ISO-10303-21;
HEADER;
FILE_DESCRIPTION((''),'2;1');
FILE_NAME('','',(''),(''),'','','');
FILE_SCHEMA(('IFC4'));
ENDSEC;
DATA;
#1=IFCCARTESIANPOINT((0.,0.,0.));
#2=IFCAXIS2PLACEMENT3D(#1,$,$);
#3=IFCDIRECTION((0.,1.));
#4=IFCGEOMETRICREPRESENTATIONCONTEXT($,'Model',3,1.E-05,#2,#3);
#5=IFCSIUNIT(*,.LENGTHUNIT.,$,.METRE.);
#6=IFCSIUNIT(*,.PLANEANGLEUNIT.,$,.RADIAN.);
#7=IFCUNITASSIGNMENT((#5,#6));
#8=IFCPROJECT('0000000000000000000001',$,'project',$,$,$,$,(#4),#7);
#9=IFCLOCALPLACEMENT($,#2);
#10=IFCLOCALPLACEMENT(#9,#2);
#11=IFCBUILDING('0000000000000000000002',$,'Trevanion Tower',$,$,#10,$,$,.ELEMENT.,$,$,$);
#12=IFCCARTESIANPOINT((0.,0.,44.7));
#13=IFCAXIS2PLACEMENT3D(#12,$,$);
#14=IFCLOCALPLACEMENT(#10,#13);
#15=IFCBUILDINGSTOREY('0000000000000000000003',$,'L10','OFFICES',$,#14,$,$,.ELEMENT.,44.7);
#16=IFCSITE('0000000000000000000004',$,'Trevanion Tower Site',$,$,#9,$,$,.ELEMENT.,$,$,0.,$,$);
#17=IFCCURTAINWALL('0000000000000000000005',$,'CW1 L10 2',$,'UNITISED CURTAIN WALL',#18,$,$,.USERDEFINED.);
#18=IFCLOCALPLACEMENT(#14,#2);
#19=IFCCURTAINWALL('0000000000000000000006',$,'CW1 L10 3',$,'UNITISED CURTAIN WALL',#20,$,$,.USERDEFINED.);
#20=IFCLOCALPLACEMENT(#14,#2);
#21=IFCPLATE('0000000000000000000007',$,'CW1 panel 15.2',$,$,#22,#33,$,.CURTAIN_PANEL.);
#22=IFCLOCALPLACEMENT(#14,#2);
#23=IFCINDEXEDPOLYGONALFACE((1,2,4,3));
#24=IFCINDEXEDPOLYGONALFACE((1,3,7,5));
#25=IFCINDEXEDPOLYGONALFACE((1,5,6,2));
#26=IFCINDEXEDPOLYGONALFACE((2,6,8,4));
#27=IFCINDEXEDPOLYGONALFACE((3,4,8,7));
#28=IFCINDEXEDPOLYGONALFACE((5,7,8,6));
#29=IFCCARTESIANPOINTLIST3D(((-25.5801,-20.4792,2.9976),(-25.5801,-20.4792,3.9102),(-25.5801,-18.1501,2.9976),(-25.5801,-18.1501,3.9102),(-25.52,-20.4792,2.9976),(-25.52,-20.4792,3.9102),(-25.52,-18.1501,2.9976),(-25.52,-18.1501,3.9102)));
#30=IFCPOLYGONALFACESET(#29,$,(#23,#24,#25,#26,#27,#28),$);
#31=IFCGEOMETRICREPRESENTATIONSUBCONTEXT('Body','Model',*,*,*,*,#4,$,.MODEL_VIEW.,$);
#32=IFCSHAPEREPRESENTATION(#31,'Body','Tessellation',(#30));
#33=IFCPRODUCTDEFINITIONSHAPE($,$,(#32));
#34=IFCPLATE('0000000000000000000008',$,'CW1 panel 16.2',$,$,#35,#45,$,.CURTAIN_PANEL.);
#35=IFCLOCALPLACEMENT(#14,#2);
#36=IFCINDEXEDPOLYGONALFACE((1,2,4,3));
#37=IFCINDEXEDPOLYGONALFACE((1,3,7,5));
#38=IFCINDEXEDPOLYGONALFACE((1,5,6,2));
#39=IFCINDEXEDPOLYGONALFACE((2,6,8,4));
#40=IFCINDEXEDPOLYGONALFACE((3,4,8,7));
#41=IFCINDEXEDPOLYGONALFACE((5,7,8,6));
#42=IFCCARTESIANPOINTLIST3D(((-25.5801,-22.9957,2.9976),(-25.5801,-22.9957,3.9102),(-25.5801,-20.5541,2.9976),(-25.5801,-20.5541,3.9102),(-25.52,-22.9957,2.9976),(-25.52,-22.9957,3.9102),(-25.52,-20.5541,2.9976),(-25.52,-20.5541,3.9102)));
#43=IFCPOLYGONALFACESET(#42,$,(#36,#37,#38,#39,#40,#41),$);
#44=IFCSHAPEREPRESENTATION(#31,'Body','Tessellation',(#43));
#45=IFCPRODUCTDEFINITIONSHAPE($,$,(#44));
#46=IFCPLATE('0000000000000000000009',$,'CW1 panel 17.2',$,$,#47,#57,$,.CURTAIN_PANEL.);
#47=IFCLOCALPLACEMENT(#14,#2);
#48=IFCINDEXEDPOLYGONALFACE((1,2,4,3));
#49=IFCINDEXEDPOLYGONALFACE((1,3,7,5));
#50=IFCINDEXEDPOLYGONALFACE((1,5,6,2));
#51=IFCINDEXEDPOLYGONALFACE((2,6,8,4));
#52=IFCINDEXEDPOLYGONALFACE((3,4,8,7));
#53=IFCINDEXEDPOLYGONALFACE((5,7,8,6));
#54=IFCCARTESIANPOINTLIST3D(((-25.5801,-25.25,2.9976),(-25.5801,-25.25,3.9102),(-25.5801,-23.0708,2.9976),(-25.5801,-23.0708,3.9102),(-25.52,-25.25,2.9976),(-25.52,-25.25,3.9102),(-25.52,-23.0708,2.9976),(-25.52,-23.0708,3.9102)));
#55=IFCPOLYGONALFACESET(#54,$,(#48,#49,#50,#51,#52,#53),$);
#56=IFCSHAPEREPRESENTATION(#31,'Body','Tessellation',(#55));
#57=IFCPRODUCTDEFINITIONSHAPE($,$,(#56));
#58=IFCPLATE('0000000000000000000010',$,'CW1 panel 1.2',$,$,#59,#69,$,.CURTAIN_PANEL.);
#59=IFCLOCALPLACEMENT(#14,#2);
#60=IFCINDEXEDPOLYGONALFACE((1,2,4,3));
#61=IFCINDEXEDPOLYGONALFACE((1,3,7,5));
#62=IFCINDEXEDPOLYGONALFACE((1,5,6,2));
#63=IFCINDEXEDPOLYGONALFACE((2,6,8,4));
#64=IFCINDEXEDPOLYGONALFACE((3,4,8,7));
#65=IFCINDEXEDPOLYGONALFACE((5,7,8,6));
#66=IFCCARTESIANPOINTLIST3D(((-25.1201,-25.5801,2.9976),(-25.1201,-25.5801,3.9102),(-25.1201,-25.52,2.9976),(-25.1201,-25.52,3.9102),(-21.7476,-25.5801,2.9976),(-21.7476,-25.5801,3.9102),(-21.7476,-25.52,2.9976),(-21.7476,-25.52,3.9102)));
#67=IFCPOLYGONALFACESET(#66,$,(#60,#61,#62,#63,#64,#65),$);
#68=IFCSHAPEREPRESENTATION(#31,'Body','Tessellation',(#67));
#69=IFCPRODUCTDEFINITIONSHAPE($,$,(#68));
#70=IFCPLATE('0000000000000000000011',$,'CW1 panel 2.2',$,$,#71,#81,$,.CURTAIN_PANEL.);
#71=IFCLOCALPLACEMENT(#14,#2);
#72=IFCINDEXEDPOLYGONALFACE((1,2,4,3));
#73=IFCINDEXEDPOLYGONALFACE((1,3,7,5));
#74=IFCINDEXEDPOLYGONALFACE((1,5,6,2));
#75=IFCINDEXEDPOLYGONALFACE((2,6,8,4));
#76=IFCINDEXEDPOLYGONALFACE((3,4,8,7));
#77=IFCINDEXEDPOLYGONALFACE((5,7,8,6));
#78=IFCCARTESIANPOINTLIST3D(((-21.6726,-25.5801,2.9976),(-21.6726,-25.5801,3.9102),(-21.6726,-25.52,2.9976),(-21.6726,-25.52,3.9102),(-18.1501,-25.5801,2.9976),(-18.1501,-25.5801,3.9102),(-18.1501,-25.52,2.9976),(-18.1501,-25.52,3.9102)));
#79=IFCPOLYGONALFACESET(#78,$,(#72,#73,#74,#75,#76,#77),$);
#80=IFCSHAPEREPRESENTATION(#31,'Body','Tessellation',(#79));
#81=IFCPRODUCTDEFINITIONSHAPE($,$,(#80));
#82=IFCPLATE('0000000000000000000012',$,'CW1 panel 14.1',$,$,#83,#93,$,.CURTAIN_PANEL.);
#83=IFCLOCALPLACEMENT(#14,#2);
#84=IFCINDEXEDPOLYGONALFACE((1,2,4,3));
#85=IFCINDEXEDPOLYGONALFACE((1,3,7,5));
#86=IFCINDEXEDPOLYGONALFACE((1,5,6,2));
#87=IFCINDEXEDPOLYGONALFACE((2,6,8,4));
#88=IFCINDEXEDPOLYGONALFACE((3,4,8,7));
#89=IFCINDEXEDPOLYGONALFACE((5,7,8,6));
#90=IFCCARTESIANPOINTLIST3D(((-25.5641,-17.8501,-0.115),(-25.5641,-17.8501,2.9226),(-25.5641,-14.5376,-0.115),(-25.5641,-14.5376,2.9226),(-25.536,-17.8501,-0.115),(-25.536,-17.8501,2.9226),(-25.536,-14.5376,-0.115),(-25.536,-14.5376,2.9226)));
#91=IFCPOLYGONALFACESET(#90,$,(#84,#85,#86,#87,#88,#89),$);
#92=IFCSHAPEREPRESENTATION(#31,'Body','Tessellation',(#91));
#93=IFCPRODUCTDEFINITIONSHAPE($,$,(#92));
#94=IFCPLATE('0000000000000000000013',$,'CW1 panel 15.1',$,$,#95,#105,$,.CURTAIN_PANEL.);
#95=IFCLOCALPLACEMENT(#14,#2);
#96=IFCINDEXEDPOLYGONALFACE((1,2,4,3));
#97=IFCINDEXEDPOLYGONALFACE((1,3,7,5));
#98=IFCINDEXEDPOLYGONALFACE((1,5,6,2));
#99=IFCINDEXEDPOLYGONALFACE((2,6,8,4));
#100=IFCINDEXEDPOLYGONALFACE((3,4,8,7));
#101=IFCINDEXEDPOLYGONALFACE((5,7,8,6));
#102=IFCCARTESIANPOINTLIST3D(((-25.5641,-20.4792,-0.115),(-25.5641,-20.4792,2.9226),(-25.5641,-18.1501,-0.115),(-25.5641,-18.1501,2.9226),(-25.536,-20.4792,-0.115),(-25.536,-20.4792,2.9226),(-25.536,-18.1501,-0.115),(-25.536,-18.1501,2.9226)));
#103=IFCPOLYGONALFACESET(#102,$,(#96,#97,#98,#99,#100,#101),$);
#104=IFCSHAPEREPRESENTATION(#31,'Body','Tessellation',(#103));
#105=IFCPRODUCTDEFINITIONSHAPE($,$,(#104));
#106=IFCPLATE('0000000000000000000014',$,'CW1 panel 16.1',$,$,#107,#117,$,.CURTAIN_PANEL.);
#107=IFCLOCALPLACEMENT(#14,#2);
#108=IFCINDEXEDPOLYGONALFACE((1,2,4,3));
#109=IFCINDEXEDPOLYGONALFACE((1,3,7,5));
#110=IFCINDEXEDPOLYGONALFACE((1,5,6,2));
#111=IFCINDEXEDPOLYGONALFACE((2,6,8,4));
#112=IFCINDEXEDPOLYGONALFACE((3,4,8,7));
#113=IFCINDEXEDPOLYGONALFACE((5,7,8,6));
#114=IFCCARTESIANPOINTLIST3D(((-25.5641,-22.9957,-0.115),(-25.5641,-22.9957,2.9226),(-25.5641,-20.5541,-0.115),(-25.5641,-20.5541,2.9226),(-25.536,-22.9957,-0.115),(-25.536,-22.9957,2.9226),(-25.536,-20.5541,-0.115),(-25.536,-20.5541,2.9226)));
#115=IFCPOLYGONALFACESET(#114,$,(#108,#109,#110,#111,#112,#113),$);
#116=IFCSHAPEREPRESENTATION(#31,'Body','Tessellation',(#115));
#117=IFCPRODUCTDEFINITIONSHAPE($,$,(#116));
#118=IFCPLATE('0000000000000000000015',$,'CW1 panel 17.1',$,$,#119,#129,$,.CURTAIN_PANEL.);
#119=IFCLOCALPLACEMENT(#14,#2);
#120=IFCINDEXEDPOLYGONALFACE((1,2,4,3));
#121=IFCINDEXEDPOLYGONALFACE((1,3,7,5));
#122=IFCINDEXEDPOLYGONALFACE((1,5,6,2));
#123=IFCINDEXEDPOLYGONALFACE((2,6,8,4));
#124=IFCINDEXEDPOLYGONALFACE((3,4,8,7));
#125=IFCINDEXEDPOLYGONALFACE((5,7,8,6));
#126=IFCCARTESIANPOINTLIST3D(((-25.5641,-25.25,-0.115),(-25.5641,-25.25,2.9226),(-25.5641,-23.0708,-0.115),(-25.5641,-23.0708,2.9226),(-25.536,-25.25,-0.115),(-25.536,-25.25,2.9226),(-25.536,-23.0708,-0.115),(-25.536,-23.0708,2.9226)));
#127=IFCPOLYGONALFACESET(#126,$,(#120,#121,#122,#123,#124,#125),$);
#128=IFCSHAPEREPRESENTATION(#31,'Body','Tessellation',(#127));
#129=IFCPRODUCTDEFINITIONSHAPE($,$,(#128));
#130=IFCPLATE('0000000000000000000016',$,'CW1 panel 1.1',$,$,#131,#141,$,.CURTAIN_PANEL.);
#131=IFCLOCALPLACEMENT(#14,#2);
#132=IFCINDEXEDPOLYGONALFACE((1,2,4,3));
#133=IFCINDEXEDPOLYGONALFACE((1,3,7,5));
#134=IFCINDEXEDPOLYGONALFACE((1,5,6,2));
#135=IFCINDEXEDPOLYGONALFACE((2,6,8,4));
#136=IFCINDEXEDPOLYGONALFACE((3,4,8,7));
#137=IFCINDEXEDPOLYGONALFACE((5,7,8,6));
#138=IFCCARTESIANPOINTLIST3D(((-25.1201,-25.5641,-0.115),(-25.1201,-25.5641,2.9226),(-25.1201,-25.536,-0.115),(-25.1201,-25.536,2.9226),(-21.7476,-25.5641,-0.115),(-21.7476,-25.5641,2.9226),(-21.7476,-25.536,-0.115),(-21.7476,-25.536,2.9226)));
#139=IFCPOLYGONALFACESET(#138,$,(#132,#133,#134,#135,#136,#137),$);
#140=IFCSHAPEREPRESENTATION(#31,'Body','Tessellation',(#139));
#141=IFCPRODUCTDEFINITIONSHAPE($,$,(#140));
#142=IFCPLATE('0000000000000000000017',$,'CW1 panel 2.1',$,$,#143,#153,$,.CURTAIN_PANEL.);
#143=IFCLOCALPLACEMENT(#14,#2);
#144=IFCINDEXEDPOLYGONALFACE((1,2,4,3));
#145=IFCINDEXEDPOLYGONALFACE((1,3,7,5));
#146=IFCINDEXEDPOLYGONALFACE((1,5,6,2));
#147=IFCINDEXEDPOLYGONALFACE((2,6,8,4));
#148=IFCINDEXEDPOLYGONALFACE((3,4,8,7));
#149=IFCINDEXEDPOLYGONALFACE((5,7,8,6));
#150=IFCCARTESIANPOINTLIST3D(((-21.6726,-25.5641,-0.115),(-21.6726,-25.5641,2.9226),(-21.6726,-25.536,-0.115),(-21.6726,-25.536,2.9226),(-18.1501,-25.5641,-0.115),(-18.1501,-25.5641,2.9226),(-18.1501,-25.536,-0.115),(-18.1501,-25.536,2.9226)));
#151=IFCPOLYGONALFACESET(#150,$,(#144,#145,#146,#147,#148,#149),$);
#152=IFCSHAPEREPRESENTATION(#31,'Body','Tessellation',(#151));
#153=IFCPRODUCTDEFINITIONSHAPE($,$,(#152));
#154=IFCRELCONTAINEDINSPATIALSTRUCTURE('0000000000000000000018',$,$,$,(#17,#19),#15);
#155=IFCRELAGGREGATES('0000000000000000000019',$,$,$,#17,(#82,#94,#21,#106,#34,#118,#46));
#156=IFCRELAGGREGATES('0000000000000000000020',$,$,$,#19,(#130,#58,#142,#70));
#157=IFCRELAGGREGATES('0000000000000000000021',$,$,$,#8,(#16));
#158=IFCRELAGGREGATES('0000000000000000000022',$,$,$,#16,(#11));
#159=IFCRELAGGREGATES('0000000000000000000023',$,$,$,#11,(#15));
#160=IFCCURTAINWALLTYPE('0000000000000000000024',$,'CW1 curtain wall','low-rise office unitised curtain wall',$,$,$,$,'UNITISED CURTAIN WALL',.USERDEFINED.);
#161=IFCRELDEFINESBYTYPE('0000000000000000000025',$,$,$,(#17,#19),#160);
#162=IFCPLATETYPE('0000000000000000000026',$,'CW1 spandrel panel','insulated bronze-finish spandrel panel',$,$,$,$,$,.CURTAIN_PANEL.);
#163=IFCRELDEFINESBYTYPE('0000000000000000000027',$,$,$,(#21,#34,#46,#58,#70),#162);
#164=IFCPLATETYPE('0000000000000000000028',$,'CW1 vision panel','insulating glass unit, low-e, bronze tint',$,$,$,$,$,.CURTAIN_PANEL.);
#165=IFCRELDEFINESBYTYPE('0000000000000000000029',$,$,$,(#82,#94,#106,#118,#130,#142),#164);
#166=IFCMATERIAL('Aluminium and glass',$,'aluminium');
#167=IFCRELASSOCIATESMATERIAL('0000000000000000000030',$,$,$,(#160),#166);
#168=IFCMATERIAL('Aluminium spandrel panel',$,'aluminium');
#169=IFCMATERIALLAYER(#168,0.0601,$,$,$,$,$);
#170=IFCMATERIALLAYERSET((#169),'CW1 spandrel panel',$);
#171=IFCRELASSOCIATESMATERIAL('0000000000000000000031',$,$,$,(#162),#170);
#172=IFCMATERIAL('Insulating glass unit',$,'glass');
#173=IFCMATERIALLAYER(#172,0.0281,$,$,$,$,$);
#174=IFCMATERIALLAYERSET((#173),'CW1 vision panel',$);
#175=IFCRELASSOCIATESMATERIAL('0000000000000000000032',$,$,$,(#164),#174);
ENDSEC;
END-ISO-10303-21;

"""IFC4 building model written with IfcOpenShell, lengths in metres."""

from ifc_helpers import new_model, si_unit, direction, frame, origin, origin_2d, place, context, subcontext, project, spatial, rectangle, extrude, material, layer, layer_set, type_object, element, aggregate, save


model = new_model("IFC4")

# Units and contexts
model_context = context("Model", 3, precision=1e-05, world=origin(), true_north=direction((0.0, 1.0)))
body_context = subcontext(model_context, "Body", "Model", "MODEL_VIEW")
ifc_project = project(units=[si_unit("LENGTHUNIT", "METRE"), si_unit("PLANEANGLEUNIT", "RADIAN")], contexts=[model_context])

# Site, building, storey
site_placement = place(None, origin())
site = spatial("IfcSite", under=ifc_project, at=site_placement, Name="Trevanion Tower Site", CompositionType="ELEMENT", RefElevation=0.0)
building_placement = place(site_placement, origin())
building = spatial("IfcBuilding", under=site, at=building_placement, Name="Trevanion Tower", CompositionType="ELEMENT")
storey_placement = place(building_placement, frame((0.0, 0.0, 44.7)))
storey = spatial("IfcBuildingStorey", under=building, at=storey_placement, Name="L10", Description="OFFICES", CompositionType="ELEMENT", Elevation=44.7)

# Curtain wall
ifc_material_1 = material(Name="Aluminium and glass", Category="aluminium")
curtain_wall_type = type_object("IfcCurtainWallType", Name="CW1 curtain wall", Description="low-rise office unitised curtain wall", ElementType="UNITISED CURTAIN WALL", PredefinedType="USERDEFINED", material=ifc_material_1)
curtain_wall_1_placement = place(storey_placement, origin())
curtain_wall_1 = element("IfcCurtainWall", 1, at=curtain_wall_1_placement, inside=storey, type_object=curtain_wall_type, Name="CW1 L10 2", ObjectType="UNITISED CURTAIN WALL", PredefinedType="USERDEFINED")

# Curtain wall
curtain_wall_2_placement = place(storey_placement, origin())
curtain_wall_2 = element("IfcCurtainWall", 2, at=curtain_wall_2_placement, inside=storey, type_object=curtain_wall_type, Name="CW1 L10 3", ObjectType="UNITISED CURTAIN WALL", PredefinedType="USERDEFINED")

# Plates
ifc_material_2 = material(Name="Aluminium spandrel panel", Category="aluminium")
ifc_layer_1 = layer(ifc_material_2, 0.0601)
ifc_layer_set_1 = layer_set([ifc_layer_1], Name="CW1 spandrel panel")
plate_type_1 = type_object("IfcPlateType", Name="CW1 spandrel panel", Description="insulated bronze-finish spandrel panel", PredefinedType="CURTAIN_PANEL", material=ifc_layer_set_1)
plate_1_placement = place(storey_placement, frame((-25.55, -19.3147, 2.9976), z_axis=(0.0, 0.0, 1.0), x_axis=(0.0, -1.0, 0.0)))
plate_1 = element("IfcPlate", 3, at=plate_1_placement, type_object=plate_type_1, Name="CW1 panel 15.2", PredefinedType="CURTAIN_PANEL", context=body_context, shape_type="SweptSolid", body=[
    extrude(rectangle(XDim=2.3291, YDim=0.0601, at=origin_2d()), origin(), (0.0, 0.0, 1.0), 0.9126),
])
plate_2_placement = place(storey_placement, frame((-25.55, -21.7749, 2.9976), z_axis=(0.0, 0.0, 1.0), x_axis=(0.0, -1.0, 0.0)))
plate_2 = element("IfcPlate", 4, at=plate_2_placement, type_object=plate_type_1, Name="CW1 panel 16.2", PredefinedType="CURTAIN_PANEL", context=body_context, shape_type="SweptSolid", body=[
    extrude(rectangle(XDim=2.4417, YDim=0.0601, at=origin_2d()), origin(), (0.0, 0.0, 1.0), 0.9126),
])
plate_3_placement = place(storey_placement, frame((-25.55, -24.1604, 2.9976), z_axis=(0.0, 0.0, 1.0), x_axis=(0.0, -1.0, 0.0)))
plate_3 = element("IfcPlate", 5, at=plate_3_placement, type_object=plate_type_1, Name="CW1 panel 17.2", PredefinedType="CURTAIN_PANEL", context=body_context, shape_type="SweptSolid", body=[
    extrude(rectangle(XDim=2.1792, YDim=0.0601, at=origin_2d()), origin(), (0.0, 0.0, 1.0), 0.9126),
])
plate_4_placement = place(storey_placement, frame((-23.4338, -25.55, 2.9976), z_axis=(0.0, 0.0, 1.0), x_axis=(1.0, 0.0, 0.0)))
plate_4 = element("IfcPlate", 6, at=plate_4_placement, type_object=plate_type_1, Name="CW1 panel 1.2", PredefinedType="CURTAIN_PANEL", context=body_context, shape_type="SweptSolid", body=[
    extrude(rectangle(XDim=3.3726, YDim=0.0601, at=origin_2d()), origin(), (0.0, 0.0, 1.0), 0.9126),
])
plate_5_placement = place(storey_placement, frame((-19.9114, -25.55, 2.9976), z_axis=(0.0, 0.0, 1.0), x_axis=(1.0, 0.0, 0.0)))
plate_5 = element("IfcPlate", 7, at=plate_5_placement, type_object=plate_type_1, Name="CW1 panel 2.2", PredefinedType="CURTAIN_PANEL", context=body_context, shape_type="SweptSolid", body=[
    extrude(rectangle(XDim=3.5225, YDim=0.0601, at=origin_2d()), origin(), (0.0, 0.0, 1.0), 0.9126),
])
ifc_material_3 = material(Name="Insulating glass unit", Category="glass")
ifc_layer_2 = layer(ifc_material_3, 0.0281)
ifc_layer_set_2 = layer_set([ifc_layer_2], Name="CW1 vision panel")
plate_type_2 = type_object("IfcPlateType", Name="CW1 vision panel", Description="insulating glass unit, low-e, bronze tint", PredefinedType="CURTAIN_PANEL", material=ifc_layer_set_2)
plate_6_placement = place(storey_placement, frame((-25.55, -16.1938, -0.115), z_axis=(0.0, 0.0, 1.0), x_axis=(0.0, -1.0, 0.0)))
plate_6 = element("IfcPlate", 8, at=plate_6_placement, type_object=plate_type_2, Name="CW1 panel 14.1", PredefinedType="CURTAIN_PANEL", context=body_context, shape_type="SweptSolid", body=[
    extrude(rectangle(XDim=3.3125, YDim=0.0281, at=origin_2d()), origin(), (0.0, 0.0, 1.0), 3.0376),
])
plate_7_placement = place(storey_placement, frame((-25.55, -19.3147, -0.115), z_axis=(0.0, 0.0, 1.0), x_axis=(0.0, -1.0, 0.0)))
plate_7 = element("IfcPlate", 9, at=plate_7_placement, type_object=plate_type_2, Name="CW1 panel 15.1", PredefinedType="CURTAIN_PANEL", context=body_context, shape_type="SweptSolid", body=[
    extrude(rectangle(XDim=2.3291, YDim=0.0281, at=origin_2d()), origin(), (0.0, 0.0, 1.0), 3.0376),
])
plate_8_placement = place(storey_placement, frame((-25.55, -21.7749, -0.115), z_axis=(0.0, 0.0, 1.0), x_axis=(0.0, -1.0, 0.0)))
plate_8 = element("IfcPlate", 10, at=plate_8_placement, type_object=plate_type_2, Name="CW1 panel 16.1", PredefinedType="CURTAIN_PANEL", context=body_context, shape_type="SweptSolid", body=[
    extrude(rectangle(XDim=2.4417, YDim=0.0281, at=origin_2d()), origin(), (0.0, 0.0, 1.0), 3.0376),
])
plate_9_placement = place(storey_placement, frame((-25.55, -24.1604, -0.115), z_axis=(0.0, 0.0, 1.0), x_axis=(0.0, -1.0, 0.0)))
plate_9 = element("IfcPlate", 11, at=plate_9_placement, type_object=plate_type_2, Name="CW1 panel 17.1", PredefinedType="CURTAIN_PANEL", context=body_context, shape_type="SweptSolid", body=[
    extrude(rectangle(XDim=2.1792, YDim=0.0281, at=origin_2d()), origin(), (0.0, 0.0, 1.0), 3.0376),
])
aggregate(curtain_wall_1, [plate_6, plate_7, plate_1, plate_8, plate_2, plate_9, plate_3])
plate_10_placement = place(storey_placement, frame((-23.4338, -25.55, -0.115), z_axis=(0.0, 0.0, 1.0), x_axis=(1.0, 0.0, 0.0)))
plate_10 = element("IfcPlate", 12, at=plate_10_placement, type_object=plate_type_2, Name="CW1 panel 1.1", PredefinedType="CURTAIN_PANEL", context=body_context, shape_type="SweptSolid", body=[
    extrude(rectangle(XDim=3.3726, YDim=0.0281, at=origin_2d()), origin(), (0.0, 0.0, 1.0), 3.0376),
])
plate_11_placement = place(storey_placement, frame((-19.9114, -25.55, -0.115), z_axis=(0.0, 0.0, 1.0), x_axis=(1.0, 0.0, 0.0)))
plate_11 = element("IfcPlate", 13, at=plate_11_placement, type_object=plate_type_2, Name="CW1 panel 2.1", PredefinedType="CURTAIN_PANEL", context=body_context, shape_type="SweptSolid", body=[
    extrude(rectangle(XDim=3.5225, YDim=0.0281, at=origin_2d()), origin(), (0.0, 0.0, 1.0), 3.0376),
])
aggregate(curtain_wall_2, [plate_10, plate_4, plate_11, plate_5])

save(model, "model.ifc")
